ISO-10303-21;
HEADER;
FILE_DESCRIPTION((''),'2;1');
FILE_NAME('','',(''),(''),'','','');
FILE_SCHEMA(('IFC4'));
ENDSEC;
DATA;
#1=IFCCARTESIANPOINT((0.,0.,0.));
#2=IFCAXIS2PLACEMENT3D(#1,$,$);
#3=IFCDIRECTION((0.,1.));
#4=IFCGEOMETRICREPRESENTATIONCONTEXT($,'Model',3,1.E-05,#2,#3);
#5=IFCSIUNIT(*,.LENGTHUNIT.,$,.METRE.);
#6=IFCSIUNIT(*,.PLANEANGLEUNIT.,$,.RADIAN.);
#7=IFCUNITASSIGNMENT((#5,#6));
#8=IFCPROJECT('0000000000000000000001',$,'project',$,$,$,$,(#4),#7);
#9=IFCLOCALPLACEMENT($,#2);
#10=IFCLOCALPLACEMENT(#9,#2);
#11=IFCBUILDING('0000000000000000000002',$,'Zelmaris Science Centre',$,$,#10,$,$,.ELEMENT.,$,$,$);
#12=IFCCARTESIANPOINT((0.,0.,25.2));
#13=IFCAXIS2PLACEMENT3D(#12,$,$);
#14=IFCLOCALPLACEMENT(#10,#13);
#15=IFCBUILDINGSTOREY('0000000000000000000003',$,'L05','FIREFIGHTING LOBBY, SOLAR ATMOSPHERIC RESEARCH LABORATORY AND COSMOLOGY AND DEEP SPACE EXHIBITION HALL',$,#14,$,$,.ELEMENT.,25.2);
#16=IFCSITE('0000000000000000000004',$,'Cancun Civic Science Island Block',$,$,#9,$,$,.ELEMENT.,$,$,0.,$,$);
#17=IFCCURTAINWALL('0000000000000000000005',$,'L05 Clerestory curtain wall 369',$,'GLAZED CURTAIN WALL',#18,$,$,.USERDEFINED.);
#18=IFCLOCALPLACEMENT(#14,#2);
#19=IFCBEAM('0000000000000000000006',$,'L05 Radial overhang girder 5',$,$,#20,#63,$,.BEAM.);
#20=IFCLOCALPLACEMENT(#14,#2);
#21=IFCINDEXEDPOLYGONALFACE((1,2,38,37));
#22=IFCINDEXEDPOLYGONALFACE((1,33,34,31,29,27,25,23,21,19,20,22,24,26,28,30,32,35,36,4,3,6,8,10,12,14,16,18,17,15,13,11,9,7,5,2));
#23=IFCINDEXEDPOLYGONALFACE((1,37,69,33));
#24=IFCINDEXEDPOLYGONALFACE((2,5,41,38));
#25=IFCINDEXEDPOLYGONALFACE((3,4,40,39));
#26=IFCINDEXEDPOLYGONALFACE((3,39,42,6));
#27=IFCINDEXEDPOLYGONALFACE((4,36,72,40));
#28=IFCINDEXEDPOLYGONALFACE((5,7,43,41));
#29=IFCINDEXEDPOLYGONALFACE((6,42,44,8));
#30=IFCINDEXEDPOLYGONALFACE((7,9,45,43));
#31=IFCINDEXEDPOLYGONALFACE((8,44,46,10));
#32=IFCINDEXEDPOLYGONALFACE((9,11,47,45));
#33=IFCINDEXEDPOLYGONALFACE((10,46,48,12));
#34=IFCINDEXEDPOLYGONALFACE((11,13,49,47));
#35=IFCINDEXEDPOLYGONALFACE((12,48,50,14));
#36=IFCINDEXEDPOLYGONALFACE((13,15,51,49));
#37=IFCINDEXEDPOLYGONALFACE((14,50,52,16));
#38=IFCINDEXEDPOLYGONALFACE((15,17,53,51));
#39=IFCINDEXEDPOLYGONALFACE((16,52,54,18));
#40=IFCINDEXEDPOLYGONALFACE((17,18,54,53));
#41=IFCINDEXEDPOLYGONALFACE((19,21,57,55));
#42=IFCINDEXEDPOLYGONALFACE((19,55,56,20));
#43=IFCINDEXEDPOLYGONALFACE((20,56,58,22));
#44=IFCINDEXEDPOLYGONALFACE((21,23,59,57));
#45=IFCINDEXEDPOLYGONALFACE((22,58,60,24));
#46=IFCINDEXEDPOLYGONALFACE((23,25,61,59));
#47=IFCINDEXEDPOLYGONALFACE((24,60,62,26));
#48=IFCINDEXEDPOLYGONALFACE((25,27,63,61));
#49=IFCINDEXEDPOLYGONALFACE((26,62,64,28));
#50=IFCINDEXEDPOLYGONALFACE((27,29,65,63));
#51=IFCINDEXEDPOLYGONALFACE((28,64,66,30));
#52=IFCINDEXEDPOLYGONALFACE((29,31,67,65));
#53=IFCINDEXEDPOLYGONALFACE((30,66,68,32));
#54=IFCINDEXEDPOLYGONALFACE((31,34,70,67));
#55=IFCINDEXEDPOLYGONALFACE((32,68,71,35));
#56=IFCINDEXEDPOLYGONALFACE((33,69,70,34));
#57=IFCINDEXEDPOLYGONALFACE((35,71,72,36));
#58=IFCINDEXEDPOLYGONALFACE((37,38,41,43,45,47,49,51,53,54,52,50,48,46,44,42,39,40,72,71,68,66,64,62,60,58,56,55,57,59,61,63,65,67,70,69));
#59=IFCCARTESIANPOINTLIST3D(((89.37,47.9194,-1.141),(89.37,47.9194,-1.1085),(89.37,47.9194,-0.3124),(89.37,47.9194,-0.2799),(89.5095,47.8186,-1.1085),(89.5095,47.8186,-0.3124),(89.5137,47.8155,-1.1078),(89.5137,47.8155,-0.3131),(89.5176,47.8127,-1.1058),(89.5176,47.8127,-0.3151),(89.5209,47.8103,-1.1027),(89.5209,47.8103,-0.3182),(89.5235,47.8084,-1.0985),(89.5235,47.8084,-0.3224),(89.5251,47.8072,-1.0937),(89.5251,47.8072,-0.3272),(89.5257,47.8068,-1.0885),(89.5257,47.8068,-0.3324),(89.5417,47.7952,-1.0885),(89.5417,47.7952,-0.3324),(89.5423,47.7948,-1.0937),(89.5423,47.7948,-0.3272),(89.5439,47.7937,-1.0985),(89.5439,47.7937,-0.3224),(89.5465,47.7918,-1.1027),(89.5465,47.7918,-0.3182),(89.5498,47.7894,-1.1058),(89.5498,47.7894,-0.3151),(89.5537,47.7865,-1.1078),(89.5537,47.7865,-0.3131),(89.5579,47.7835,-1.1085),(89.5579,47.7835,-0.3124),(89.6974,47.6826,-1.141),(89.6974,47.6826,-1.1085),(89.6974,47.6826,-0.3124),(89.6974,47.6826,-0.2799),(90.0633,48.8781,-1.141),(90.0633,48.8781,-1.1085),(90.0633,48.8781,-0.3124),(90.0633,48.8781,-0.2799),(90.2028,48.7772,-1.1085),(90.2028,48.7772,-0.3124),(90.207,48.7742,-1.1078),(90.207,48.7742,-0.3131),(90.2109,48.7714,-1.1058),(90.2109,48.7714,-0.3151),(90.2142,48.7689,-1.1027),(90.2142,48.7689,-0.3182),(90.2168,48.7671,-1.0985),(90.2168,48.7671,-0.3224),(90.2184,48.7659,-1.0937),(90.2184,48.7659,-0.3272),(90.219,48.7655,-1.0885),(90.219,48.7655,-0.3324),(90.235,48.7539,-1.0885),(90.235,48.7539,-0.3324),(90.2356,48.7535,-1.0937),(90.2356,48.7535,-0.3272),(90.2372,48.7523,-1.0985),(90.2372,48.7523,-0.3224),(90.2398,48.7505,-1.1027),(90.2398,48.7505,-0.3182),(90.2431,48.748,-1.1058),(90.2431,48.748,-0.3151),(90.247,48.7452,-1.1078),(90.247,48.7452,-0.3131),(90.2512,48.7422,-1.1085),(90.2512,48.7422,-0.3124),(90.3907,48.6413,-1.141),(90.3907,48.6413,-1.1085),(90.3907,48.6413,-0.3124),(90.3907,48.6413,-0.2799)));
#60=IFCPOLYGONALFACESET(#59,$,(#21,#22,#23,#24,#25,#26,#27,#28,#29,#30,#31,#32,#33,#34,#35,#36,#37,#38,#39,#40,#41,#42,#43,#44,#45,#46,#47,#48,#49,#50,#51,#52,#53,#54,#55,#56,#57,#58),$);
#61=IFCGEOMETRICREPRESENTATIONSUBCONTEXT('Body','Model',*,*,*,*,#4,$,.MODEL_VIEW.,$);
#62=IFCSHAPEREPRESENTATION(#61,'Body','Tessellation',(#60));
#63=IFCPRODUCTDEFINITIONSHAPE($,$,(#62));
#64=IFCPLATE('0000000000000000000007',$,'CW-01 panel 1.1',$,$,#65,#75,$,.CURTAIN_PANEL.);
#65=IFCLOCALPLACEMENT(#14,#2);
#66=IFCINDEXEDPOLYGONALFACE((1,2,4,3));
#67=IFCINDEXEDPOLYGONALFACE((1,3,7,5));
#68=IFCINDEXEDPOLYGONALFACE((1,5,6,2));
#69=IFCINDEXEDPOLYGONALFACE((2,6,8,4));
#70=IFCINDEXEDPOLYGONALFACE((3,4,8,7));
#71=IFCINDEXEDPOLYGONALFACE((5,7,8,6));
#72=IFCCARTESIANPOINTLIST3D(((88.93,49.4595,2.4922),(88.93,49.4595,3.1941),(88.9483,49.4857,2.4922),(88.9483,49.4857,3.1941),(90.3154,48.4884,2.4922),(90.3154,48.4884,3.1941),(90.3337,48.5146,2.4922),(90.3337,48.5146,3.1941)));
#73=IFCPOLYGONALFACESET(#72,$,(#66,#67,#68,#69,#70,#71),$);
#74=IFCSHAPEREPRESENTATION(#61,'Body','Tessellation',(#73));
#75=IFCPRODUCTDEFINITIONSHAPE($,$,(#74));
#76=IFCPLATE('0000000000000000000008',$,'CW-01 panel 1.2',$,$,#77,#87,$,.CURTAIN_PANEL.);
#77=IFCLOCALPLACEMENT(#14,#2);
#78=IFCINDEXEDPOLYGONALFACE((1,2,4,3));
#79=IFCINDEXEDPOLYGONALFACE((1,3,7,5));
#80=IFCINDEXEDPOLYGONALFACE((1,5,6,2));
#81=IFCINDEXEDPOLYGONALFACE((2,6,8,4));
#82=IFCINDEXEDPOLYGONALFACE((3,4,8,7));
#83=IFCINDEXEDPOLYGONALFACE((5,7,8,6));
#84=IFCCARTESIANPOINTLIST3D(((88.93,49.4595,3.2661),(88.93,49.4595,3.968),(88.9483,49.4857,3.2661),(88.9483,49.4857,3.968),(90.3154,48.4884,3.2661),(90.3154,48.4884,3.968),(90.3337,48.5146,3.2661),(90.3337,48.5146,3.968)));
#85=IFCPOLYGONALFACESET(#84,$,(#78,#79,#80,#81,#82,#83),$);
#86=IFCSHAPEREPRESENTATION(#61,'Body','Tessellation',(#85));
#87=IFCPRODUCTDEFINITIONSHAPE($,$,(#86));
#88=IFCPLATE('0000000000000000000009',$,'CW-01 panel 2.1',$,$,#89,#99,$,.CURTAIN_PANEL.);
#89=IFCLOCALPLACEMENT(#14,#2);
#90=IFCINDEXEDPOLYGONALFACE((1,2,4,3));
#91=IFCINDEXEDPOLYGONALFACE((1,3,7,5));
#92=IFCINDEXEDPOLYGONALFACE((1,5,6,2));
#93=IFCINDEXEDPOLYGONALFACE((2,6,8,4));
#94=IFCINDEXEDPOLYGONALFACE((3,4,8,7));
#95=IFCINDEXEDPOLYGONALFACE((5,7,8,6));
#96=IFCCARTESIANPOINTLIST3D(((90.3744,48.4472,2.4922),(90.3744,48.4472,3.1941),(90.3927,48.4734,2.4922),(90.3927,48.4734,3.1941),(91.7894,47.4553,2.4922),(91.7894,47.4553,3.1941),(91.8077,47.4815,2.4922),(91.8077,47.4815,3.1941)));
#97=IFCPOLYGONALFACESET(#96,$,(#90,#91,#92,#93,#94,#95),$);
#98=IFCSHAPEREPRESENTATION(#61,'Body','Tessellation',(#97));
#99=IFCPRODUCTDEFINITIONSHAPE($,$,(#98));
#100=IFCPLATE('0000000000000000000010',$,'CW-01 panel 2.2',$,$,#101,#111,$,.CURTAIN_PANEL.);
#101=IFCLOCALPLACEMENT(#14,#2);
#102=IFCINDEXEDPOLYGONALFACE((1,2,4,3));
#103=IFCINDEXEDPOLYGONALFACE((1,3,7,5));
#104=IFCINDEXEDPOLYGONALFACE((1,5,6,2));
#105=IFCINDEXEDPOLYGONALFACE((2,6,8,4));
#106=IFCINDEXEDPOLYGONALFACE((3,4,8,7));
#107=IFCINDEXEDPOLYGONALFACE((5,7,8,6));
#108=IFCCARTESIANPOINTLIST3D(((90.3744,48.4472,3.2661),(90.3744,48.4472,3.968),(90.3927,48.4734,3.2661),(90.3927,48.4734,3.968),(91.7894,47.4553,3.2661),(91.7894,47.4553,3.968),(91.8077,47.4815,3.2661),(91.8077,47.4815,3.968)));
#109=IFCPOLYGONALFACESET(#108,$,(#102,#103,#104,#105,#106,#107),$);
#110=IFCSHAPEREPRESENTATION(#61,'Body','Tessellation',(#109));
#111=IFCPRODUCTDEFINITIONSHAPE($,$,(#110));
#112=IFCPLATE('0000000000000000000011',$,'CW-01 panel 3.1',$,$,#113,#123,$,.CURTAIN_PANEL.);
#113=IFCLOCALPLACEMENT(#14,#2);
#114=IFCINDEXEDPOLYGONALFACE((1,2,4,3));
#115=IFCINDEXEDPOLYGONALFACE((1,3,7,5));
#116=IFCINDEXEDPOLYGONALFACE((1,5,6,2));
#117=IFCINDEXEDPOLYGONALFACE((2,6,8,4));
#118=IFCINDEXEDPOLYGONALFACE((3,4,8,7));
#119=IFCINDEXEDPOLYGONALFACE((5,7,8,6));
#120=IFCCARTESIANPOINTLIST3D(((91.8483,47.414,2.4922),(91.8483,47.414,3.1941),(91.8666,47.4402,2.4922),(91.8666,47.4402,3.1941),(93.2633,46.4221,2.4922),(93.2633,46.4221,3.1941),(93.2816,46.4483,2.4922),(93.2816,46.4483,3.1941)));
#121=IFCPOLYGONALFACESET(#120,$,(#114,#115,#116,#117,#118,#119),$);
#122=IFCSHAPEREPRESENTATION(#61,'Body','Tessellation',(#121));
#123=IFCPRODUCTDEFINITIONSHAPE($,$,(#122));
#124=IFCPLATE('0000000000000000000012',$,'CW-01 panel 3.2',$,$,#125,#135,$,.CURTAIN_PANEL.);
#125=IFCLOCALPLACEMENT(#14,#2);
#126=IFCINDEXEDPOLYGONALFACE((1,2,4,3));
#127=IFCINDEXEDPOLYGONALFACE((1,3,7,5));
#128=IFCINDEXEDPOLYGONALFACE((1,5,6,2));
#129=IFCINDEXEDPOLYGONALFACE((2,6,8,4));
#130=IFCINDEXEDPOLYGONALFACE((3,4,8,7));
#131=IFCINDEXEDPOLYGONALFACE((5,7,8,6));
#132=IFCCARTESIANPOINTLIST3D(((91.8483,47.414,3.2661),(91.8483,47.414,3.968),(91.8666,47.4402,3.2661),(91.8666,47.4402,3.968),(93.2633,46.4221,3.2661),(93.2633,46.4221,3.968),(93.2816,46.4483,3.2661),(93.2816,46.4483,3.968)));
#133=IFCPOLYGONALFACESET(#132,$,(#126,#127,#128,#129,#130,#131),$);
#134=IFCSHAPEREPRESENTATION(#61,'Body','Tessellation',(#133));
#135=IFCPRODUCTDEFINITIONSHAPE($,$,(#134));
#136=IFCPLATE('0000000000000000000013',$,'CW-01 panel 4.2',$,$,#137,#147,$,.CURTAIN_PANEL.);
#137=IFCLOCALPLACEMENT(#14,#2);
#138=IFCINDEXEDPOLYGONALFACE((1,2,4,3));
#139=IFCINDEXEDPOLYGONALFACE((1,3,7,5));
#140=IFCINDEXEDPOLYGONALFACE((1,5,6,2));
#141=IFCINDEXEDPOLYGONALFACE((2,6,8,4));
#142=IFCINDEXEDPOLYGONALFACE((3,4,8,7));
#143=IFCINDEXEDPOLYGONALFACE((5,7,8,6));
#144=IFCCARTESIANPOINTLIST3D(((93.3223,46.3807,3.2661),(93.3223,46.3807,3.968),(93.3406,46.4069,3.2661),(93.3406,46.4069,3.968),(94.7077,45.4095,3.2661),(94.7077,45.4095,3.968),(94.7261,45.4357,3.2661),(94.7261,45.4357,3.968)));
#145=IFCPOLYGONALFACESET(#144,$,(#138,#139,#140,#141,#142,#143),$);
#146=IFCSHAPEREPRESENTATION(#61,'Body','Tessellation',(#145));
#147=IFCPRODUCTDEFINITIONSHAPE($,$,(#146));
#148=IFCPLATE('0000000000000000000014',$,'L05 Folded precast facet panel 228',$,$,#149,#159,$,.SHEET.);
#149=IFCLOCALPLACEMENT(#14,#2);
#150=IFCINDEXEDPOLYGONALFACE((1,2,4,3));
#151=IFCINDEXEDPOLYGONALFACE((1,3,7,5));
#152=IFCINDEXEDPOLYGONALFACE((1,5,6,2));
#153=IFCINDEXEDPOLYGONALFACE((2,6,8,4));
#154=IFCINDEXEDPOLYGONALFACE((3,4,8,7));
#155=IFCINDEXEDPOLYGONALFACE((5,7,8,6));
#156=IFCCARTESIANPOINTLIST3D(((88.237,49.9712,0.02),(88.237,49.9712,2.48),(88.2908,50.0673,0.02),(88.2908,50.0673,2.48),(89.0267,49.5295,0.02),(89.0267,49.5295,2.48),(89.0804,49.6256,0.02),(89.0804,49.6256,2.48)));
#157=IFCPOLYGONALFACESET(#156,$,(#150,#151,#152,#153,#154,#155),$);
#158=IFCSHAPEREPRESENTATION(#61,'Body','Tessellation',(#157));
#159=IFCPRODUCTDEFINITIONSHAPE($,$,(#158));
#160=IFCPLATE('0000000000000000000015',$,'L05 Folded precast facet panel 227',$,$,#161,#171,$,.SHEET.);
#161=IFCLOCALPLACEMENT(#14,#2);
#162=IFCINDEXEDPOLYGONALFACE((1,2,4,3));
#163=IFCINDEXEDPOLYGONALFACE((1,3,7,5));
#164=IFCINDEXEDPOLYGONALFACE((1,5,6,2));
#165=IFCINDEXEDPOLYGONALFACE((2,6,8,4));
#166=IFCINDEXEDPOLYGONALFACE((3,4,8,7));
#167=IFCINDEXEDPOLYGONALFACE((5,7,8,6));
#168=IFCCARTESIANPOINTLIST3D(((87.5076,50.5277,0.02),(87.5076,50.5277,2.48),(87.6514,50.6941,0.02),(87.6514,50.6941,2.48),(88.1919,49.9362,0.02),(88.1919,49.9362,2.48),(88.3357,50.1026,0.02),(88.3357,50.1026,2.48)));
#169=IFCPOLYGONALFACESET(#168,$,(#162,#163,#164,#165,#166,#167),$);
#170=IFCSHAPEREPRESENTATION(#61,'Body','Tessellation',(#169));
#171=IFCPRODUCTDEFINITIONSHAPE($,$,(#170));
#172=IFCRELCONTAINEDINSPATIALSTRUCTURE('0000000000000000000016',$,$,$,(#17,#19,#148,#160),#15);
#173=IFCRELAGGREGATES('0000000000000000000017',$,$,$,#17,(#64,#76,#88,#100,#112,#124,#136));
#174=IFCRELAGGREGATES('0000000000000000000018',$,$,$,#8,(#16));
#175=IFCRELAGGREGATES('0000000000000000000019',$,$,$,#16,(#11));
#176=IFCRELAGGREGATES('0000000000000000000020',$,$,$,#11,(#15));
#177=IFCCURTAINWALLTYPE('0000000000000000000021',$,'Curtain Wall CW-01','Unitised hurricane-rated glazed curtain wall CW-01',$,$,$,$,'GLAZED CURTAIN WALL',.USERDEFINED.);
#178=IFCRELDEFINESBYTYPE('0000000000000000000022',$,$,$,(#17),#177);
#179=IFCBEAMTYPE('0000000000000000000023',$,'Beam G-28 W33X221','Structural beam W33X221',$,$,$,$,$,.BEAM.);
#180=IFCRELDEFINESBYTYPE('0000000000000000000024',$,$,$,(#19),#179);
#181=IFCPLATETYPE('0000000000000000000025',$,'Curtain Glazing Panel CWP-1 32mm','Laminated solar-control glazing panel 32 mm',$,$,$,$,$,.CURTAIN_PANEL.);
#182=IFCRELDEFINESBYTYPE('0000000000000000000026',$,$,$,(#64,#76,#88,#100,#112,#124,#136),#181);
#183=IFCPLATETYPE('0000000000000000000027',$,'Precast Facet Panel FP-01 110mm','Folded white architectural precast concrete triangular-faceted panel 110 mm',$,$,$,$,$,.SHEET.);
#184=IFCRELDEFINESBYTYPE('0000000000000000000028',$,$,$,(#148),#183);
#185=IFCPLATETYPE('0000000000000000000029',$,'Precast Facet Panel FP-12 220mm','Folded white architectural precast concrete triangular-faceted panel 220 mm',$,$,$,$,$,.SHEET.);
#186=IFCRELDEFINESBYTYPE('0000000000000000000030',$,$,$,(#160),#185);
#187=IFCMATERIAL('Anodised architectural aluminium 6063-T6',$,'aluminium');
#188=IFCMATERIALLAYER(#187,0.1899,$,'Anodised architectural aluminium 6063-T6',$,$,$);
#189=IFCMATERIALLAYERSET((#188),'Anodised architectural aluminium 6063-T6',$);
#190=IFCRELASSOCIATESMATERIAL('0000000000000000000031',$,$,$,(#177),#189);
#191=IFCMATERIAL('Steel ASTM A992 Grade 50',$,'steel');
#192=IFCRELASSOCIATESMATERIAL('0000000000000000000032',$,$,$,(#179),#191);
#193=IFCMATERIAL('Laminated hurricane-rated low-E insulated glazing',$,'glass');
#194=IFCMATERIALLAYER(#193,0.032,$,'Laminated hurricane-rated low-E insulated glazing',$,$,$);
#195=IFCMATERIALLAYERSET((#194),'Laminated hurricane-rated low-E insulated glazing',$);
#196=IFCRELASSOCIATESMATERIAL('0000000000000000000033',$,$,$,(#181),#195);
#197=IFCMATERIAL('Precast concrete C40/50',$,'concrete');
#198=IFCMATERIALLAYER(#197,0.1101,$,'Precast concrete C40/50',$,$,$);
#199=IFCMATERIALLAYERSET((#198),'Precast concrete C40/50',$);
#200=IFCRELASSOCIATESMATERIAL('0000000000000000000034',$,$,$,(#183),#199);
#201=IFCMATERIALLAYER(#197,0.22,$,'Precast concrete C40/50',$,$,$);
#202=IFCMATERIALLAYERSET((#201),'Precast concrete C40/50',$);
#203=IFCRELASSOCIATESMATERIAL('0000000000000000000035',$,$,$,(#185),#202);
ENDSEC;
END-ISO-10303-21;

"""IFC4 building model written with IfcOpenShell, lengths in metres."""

from ifc_helpers import new_model, si_unit, direction, frame, frame_2d, origin, origin_2d, place, context, subcontext, project, spatial, rectangle, i_section, extrude, material, layer, layer_set, material_profile, profile_set, type_object, element, aggregate, save


model = new_model("IFC4")

# Units and contexts
model_context = context("Model", 3, precision=1e-05, world=origin(), true_north=direction((0.0, 1.0)))
body_context = subcontext(model_context, "Body", "Model", "MODEL_VIEW")
ifc_project = project(units=[si_unit("LENGTHUNIT", "METRE"), si_unit("PLANEANGLEUNIT", "RADIAN")], contexts=[model_context])

# Site, building, storey
site_placement = place(None, origin())
site = spatial("IfcSite", under=ifc_project, at=site_placement, Name="Cancun Civic Science Island Block", CompositionType="ELEMENT", RefElevation=0.0)
building_placement = place(site_placement, origin())
building = spatial("IfcBuilding", under=site, at=building_placement, Name="Zelmaris Science Centre", CompositionType="ELEMENT")
storey_placement = place(building_placement, frame((0.0, 0.0, 25.2)))
storey = spatial("IfcBuildingStorey", under=building, at=storey_placement, Name="L05", Description="FIREFIGHTING LOBBY, SOLAR ATMOSPHERIC RESEARCH LABORATORY AND COSMOLOGY AND DEEP SPACE EXHIBITION HALL", CompositionType="ELEMENT", Elevation=25.2)

# Shared definitions
ifc_material_1 = material(Name="Steel ASTM A992 Grade 50", Category="steel")

# Curtain wall
ifc_material_2 = material(Name="Anodised architectural aluminium 6063-T6", Category="aluminium")
ifc_layer_1 = layer(ifc_material_2, 0.1899, Name="Anodised architectural aluminium 6063-T6")
ifc_layer_set_1 = layer_set([ifc_layer_1], Name="Anodised architectural aluminium 6063-T6")
curtain_wall_type = type_object("IfcCurtainWallType", Name="Curtain Wall CW-01", Description="Unitised hurricane-rated glazed curtain wall CW-01", ElementType="GLAZED CURTAIN WALL", PredefinedType="USERDEFINED", material=ifc_layer_set_1)
curtain_wall_placement = place(storey_placement, origin())
curtain_wall = element("IfcCurtainWall", 1, at=curtain_wall_placement, inside=storey, type_object=curtain_wall_type, Name="L05 Clerestory curtain wall 369", ObjectType="GLAZED CURTAIN WALL", PredefinedType="USERDEFINED")

# Beam
ifc_material_profile_1 = material_profile(ifc_material_1, i_section(OverallWidth=0.4041, OverallDepth=0.8611, WebThickness=0.0198, FlangeThickness=0.0325, FilletRadius=0.02, at=origin_2d()), Name="W33X221")
ifc_profile_set_1 = profile_set([ifc_material_profile_1], Name="Steel ASTM A992 Grade 50")
beam_type_1 = type_object("IfcBeamType", Name="Beam G-28 W33X221", Description="Structural beam W33X221", PredefinedType="BEAM", material=ifc_profile_set_1)
beam_1_placement = place(storey_placement, frame((89.5337, 47.801, -0.7104), z_axis=(0.58601, 0.810304, 0.0), x_axis=(-0.810304, 0.58601, 0.0)))
element("IfcBeam", 2, at=beam_1_placement, inside=storey, type_object=beam_type_1, Name="L05 Radial overhang girder 5", PredefinedType="BEAM", context=body_context, shape_type="SweptSolid", body=[
    extrude(i_section(OverallWidth=0.4041, OverallDepth=0.8611, WebThickness=0.0198, FlangeThickness=0.0325, FilletRadius=0.02, at=origin_2d()), origin(), (0.0, 0.0, 1.0), 1.1831),
])

# Plates
ifc_material_3 = material(Name="Laminated hurricane-rated low-E insulated glazing", Category="glass")
ifc_layer_2 = layer(ifc_material_3, 0.032, Name="Laminated hurricane-rated low-E insulated glazing")
ifc_layer_set_2 = layer_set([ifc_layer_2], Name="Laminated hurricane-rated low-E insulated glazing")
plate_type_1 = type_object("IfcPlateType", Name="Curtain Glazing Panel CWP-1 32mm", Description="Laminated solar-control glazing panel 32 mm", PredefinedType="CURTAIN_PANEL", material=ifc_layer_set_2)
plate_1_placement = place(storey_placement, frame((89.6318, 48.9871, 2.4922), z_axis=(0.0, 0.0, 1.0), x_axis=(0.818853, -0.574003, 0.0)))
plate_1 = element("IfcPlate", 3, at=plate_1_placement, type_object=plate_type_1, Name="CW-01 panel 1.1", PredefinedType="CURTAIN_PANEL", context=body_context, shape_type="SweptSolid", body=[
    extrude(rectangle(XDim=1.6919, YDim=0.032, at=origin_2d()), origin(), (0.0, 0.0, 1.0), 0.7019),
])
plate_2_placement = place(storey_placement, frame((89.6318, 48.9871, 3.2661), z_axis=(0.0, 0.0, 1.0), x_axis=(0.818853, -0.574003, 0.0)))
plate_2 = element("IfcPlate", 4, at=plate_2_placement, type_object=plate_type_1, Name="CW-01 panel 1.2", PredefinedType="CURTAIN_PANEL", context=body_context, shape_type="SweptSolid", body=[
    extrude(rectangle(XDim=1.6919, YDim=0.032, at=origin_2d()), origin(), (0.0, 0.0, 1.0), 0.7019),
])
plate_3_placement = place(storey_placement, frame((91.0911, 47.9644, 2.4922), z_axis=(0.0, 0.0, 1.0), x_axis=(0.818853, -0.574003, 0.0)))
plate_3 = element("IfcPlate", 5, at=plate_3_placement, type_object=plate_type_1, Name="CW-01 panel 2.1", PredefinedType="CURTAIN_PANEL", context=body_context, shape_type="SweptSolid", body=[
    extrude(rectangle(XDim=1.728, YDim=0.032, at=origin_2d()), origin(), (0.0, 0.0, 1.0), 0.7019),
])
plate_4_placement = place(storey_placement, frame((91.0911, 47.9644, 3.2661), z_axis=(0.0, 0.0, 1.0), x_axis=(0.818853, -0.574003, 0.0)))
plate_4 = element("IfcPlate", 6, at=plate_4_placement, type_object=plate_type_1, Name="CW-01 panel 2.2", PredefinedType="CURTAIN_PANEL", context=body_context, shape_type="SweptSolid", body=[
    extrude(rectangle(XDim=1.728, YDim=0.032, at=origin_2d()), origin(), (0.0, 0.0, 1.0), 0.7019),
])
plate_5_placement = place(storey_placement, frame((92.5649, 46.9312, 2.4922), z_axis=(0.0, 0.0, 1.0), x_axis=(0.818853, -0.574003, 0.0)))
plate_5 = element("IfcPlate", 7, at=plate_5_placement, type_object=plate_type_1, Name="CW-01 panel 3.1", PredefinedType="CURTAIN_PANEL", context=body_context, shape_type="SweptSolid", body=[
    extrude(rectangle(XDim=1.728, YDim=0.032, at=origin_2d()), origin(), (0.0, 0.0, 1.0), 0.7019),
])
plate_6_placement = place(storey_placement, frame((92.5649, 46.9312, 3.2661), z_axis=(0.0, 0.0, 1.0), x_axis=(0.818853, -0.574003, 0.0)))
plate_6 = element("IfcPlate", 8, at=plate_6_placement, type_object=plate_type_1, Name="CW-01 panel 3.2", PredefinedType="CURTAIN_PANEL", context=body_context, shape_type="SweptSolid", body=[
    extrude(rectangle(XDim=1.728, YDim=0.032, at=origin_2d()), origin(), (0.0, 0.0, 1.0), 0.7019),
])
plate_7_placement = place(storey_placement, frame((94.0242, 45.9082, 3.2661), z_axis=(0.0, 0.0, 1.0), x_axis=(0.818853, -0.574003, 0.0)))
plate_7 = element("IfcPlate", 9, at=plate_7_placement, type_object=plate_type_1, Name="CW-01 panel 4.2", PredefinedType="CURTAIN_PANEL", context=body_context, shape_type="SweptSolid", body=[
    extrude(rectangle(XDim=1.6919, YDim=0.032, at=origin_2d()), origin(), (0.0, 0.0, 1.0), 0.7019),
])
aggregate(curtain_wall, [plate_1, plate_2, plate_3, plate_4, plate_5, plate_6, plate_7])

# Plates
ifc_material_4 = material(Name="Precast concrete C40/50", Category="concrete")
ifc_layer_3 = layer(ifc_material_4, 0.1101, Name="Precast concrete C40/50")
ifc_layer_set_3 = layer_set([ifc_layer_3], Name="Precast concrete C40/50")
plate_type_2 = type_object("IfcPlateType", Name="Precast Facet Panel FP-01 110mm", Description="Folded white architectural precast concrete triangular-faceted panel 110 mm", PredefinedType="SHEET", material=ifc_layer_set_3)
plate_8_placement = place(storey_placement, frame((88.2639, 50.0193, 0.02), z_axis=(0.0, 0.0, 1.0), x_axis=(0.872741, -0.488184, 0.0)))
element("IfcPlate", 10, at=plate_8_placement, inside=storey, type_object=plate_type_2, Name="L05 Folded precast facet panel 228", PredefinedType="SHEET", context=body_context, shape_type="SweptSolid", body=[
    extrude(rectangle(XDim=0.9048, YDim=0.1101, at=frame_2d((0.4524, 0.0))), origin(), (0.0, 0.0, 1.0), 2.46),
])
ifc_layer_4 = layer(ifc_material_4, 0.22, Name="Precast concrete C40/50")
ifc_layer_set_4 = layer_set([ifc_layer_4], Name="Precast concrete C40/50")
plate_type_3 = type_object("IfcPlateType", Name="Precast Facet Panel FP-12 220mm", Description="Folded white architectural precast concrete triangular-faceted panel 220 mm", PredefinedType="SHEET", material=ifc_layer_set_4)
plate_9_placement = place(storey_placement, frame((87.5796, 50.6108, 0.02), z_axis=(0.0, 0.0, 1.0), x_axis=(0.756526, -0.653964, 0.0)))
element("IfcPlate", 11, at=plate_9_placement, inside=storey, type_object=plate_type_3, Name="L05 Folded precast facet panel 227", PredefinedType="SHEET", context=body_context, shape_type="SweptSolid", body=[
    extrude(rectangle(XDim=0.9045, YDim=0.22, at=frame_2d((0.4521, 0.0))), origin(), (0.0, 0.0, 1.0), 2.46),
])

save(model, "model.ifc")
